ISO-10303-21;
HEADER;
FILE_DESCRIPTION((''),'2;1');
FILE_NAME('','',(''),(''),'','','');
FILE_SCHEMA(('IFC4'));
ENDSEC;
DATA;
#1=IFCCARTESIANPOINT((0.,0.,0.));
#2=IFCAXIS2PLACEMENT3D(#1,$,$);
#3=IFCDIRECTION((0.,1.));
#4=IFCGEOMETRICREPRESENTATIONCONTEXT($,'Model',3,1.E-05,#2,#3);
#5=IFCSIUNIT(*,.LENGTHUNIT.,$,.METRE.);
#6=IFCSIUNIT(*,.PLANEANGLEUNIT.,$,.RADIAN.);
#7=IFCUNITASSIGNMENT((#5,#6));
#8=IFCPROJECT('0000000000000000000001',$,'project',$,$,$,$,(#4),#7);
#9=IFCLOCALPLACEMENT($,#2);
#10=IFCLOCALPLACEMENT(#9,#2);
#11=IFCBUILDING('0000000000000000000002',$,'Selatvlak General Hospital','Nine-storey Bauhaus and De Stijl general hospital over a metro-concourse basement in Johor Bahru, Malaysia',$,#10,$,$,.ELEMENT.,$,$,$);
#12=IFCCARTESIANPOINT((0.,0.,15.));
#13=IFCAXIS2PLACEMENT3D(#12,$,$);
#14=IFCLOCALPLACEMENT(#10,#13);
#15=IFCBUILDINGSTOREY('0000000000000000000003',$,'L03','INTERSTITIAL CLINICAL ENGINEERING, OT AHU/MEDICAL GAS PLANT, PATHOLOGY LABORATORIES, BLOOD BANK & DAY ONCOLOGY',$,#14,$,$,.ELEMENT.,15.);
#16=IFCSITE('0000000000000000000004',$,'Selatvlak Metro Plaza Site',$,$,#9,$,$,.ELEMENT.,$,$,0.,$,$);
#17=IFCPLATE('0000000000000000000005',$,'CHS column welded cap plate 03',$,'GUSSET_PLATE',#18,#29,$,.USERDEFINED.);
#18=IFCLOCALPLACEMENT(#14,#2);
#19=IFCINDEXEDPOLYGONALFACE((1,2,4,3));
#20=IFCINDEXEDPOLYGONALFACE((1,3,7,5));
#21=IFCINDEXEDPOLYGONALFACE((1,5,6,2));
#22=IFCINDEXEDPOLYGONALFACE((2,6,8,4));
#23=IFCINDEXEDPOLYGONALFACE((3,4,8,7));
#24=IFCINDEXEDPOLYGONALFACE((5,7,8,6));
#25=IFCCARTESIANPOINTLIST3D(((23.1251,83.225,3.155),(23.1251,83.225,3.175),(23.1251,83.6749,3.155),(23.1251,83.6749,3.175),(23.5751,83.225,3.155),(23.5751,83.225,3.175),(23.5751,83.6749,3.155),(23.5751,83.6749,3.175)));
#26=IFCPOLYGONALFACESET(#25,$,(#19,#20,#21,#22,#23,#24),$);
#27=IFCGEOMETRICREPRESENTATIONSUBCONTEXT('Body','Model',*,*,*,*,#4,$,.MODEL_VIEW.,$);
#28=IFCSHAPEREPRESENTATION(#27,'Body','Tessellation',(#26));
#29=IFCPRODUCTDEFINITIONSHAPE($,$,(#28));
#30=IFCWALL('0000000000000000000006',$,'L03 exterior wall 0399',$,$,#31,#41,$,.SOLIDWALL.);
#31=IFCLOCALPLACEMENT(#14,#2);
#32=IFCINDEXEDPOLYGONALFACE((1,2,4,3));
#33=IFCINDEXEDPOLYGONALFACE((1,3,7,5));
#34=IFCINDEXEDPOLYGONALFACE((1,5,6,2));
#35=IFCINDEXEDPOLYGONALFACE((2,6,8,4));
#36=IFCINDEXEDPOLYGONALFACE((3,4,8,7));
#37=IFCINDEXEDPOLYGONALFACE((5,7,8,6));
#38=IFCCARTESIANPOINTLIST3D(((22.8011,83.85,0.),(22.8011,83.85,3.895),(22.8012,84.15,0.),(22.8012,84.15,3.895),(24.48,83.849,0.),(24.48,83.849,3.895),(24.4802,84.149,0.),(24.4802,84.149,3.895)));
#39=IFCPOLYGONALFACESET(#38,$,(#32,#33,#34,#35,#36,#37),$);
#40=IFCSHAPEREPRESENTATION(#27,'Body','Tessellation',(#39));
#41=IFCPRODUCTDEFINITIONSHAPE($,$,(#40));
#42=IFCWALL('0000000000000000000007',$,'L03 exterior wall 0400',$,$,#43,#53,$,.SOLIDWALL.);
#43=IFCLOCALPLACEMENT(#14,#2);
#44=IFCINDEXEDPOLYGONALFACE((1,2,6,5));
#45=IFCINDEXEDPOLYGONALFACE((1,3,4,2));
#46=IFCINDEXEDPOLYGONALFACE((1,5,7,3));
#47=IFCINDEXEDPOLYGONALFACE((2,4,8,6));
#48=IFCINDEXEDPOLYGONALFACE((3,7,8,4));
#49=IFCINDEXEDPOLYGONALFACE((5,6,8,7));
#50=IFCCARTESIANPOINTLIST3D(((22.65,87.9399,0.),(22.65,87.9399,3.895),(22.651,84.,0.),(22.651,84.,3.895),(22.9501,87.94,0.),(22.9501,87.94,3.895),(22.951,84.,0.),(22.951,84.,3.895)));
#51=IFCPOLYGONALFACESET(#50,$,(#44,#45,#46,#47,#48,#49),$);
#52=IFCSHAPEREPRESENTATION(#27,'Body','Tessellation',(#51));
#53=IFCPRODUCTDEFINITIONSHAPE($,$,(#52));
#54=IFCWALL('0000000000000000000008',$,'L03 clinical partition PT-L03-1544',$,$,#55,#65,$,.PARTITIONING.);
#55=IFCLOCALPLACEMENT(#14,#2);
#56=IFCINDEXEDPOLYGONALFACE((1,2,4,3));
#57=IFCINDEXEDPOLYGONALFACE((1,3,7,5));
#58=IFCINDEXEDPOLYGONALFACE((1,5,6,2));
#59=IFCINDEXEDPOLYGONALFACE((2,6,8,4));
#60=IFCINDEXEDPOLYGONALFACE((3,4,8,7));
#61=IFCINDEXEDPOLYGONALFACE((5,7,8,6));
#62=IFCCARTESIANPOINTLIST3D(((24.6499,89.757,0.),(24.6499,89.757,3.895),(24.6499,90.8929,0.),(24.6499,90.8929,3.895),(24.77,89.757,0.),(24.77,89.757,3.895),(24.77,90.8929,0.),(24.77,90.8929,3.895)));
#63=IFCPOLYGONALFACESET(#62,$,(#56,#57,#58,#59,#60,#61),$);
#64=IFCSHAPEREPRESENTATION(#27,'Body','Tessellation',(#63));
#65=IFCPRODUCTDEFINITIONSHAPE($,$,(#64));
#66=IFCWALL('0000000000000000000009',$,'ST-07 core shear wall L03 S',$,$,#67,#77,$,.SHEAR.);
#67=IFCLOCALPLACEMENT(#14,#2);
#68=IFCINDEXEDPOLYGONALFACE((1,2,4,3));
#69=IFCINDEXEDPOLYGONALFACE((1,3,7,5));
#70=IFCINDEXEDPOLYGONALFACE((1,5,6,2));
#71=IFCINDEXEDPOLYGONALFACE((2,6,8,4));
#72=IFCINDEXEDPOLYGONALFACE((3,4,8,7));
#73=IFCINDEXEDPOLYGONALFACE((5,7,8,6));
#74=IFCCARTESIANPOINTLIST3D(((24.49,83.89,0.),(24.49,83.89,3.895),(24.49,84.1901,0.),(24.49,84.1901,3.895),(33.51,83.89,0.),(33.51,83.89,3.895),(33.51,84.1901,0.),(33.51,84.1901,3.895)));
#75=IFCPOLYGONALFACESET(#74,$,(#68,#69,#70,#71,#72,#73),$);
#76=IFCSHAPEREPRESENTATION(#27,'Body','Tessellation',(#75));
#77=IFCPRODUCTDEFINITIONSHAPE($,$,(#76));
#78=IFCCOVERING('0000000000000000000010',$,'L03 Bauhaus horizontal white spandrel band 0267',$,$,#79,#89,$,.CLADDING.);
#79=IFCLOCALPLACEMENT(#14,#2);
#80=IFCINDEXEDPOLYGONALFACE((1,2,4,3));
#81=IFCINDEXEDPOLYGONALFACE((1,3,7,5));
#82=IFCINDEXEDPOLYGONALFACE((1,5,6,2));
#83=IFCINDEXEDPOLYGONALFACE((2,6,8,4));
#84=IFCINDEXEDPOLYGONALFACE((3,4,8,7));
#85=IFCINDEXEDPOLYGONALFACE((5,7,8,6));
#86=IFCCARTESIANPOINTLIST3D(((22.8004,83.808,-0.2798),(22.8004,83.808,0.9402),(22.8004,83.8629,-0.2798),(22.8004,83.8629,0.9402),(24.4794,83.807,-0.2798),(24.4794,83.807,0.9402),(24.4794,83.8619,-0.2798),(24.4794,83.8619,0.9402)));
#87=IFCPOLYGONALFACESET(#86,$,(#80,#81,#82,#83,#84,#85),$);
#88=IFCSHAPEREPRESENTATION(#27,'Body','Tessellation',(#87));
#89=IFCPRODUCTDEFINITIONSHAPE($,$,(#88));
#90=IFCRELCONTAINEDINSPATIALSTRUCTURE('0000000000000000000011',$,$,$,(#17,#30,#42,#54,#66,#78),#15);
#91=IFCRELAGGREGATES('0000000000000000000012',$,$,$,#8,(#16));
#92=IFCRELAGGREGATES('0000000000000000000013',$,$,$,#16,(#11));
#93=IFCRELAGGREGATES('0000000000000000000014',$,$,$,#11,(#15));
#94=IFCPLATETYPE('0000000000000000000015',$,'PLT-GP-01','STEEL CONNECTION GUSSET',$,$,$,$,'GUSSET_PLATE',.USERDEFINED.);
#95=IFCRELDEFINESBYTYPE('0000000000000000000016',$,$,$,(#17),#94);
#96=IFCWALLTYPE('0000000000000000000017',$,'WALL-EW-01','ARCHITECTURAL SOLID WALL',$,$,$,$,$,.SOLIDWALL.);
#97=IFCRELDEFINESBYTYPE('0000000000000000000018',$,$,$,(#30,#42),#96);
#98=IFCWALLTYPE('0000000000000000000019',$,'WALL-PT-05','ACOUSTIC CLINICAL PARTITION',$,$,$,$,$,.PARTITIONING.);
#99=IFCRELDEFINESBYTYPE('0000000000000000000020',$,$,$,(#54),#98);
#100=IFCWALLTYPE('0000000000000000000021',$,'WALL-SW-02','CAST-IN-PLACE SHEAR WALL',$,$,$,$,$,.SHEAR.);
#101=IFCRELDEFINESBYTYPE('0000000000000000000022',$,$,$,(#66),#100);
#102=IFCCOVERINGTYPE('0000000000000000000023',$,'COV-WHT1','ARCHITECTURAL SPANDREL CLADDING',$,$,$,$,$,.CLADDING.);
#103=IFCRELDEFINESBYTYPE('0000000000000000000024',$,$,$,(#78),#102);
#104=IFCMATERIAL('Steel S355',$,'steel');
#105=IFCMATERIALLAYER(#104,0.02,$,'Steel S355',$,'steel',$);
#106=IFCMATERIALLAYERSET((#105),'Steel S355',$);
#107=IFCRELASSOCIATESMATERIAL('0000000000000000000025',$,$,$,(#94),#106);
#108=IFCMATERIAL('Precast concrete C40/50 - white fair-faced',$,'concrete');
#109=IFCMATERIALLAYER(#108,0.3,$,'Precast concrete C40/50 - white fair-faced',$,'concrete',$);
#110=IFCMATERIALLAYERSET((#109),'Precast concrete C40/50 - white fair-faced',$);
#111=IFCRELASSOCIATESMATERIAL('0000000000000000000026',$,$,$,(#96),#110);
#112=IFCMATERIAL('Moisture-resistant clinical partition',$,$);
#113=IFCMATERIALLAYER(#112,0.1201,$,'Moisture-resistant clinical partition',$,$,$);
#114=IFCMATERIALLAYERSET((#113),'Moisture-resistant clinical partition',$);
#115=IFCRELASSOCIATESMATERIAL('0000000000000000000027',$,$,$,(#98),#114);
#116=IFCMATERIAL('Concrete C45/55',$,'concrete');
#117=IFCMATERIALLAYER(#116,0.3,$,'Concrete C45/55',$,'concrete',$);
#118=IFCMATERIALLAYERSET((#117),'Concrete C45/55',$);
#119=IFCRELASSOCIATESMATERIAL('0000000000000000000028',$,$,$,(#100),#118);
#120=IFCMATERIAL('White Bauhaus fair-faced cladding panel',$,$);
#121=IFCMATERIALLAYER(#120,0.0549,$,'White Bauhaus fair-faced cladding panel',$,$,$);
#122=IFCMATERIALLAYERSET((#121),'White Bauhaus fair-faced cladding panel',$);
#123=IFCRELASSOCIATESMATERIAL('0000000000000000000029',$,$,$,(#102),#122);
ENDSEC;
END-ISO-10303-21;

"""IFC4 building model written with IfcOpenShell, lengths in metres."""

from ifc_helpers import new_model, si_unit, direction, frame, frame_2d, origin, origin_2d, place, context, subcontext, project, spatial, rectangle, extrude, material, layer, layer_set, type_object, element, save


model = new_model("IFC4")

# Units and contexts
model_context = context("Model", 3, precision=1e-05, world=origin(), true_north=direction((0.0, 1.0)))
body_context = subcontext(model_context, "Body", "Model", "MODEL_VIEW")
ifc_project = project(units=[si_unit("LENGTHUNIT", "METRE"), si_unit("PLANEANGLEUNIT", "RADIAN")], contexts=[model_context])

# Site, building, storey
site_placement = place(None, origin())
site = spatial("IfcSite", under=ifc_project, at=site_placement, Name="Selatvlak Metro Plaza Site", CompositionType="ELEMENT", RefElevation=0.0)
building_placement = place(site_placement, origin())
building = spatial("IfcBuilding", under=site, at=building_placement, Name="Selatvlak General Hospital", Description="Nine-storey Bauhaus and De Stijl general hospital over a metro-concourse basement in Johor Bahru, Malaysia", CompositionType="ELEMENT")
storey_placement = place(building_placement, frame((0.0, 0.0, 15.0)))
storey = spatial("IfcBuildingStorey", under=building, at=storey_placement, Name="L03", Description="INTERSTITIAL CLINICAL ENGINEERING, OT AHU/MEDICAL GAS PLANT, PATHOLOGY LABORATORIES, BLOOD BANK & DAY ONCOLOGY", CompositionType="ELEMENT", Elevation=15.0)

# Shared definitions
ifc_material_1 = material(Name="Steel S355", Category="steel")

# Plate
ifc_layer_1 = layer(ifc_material_1, 0.02, Name="Steel S355", Category="steel")
ifc_layer_set_1 = layer_set([ifc_layer_1], Name="Steel S355")
plate_type_1 = type_object("IfcPlateType", Name="PLT-GP-01", Description="STEEL CONNECTION GUSSET", ElementType="GUSSET_PLATE", PredefinedType="USERDEFINED", material=ifc_layer_set_1)
plate_1_placement = place(storey_placement, frame((23.3501, 83.45, 3.155), z_axis=(0.0, 0.0, 1.0), x_axis=(1.0, 0.0, 0.0)))
element("IfcPlate", 1, at=plate_1_placement, inside=storey, type_object=plate_type_1, Name="CHS column welded cap plate 03", ObjectType="GUSSET_PLATE", PredefinedType="USERDEFINED", context=body_context, shape_type="SweptSolid", body=[
    extrude(rectangle(XDim=0.45, YDim=0.45, at=origin_2d()), origin(), (0.0, 0.0, 1.0), 0.02),
])

# Walls
ifc_material_2 = material(Name="Precast concrete C40/50 - white fair-faced", Category="concrete")
ifc_layer_2 = layer(ifc_material_2, 0.3, Name="Precast concrete C40/50 - white fair-faced", Category="concrete")
ifc_layer_set_2 = layer_set([ifc_layer_2], Name="Precast concrete C40/50 - white fair-faced")
wall_type_1 = type_object("IfcWallType", Name="WALL-EW-01", Description="ARCHITECTURAL SOLID WALL", PredefinedType="SOLIDWALL", material=ifc_layer_set_2)
wall_1_placement = place(storey_placement, frame((24.48, 83.999, 0.0), z_axis=(0.0, 0.0, 1.0), x_axis=(-1.0, 0.000582, 0.0)))
element("IfcWall", 2, at=wall_1_placement, inside=storey, type_object=wall_type_1, Name="L03 exterior wall 0399", PredefinedType="SOLIDWALL", context=body_context, shape_type="SweptSolid", body=[
    extrude(rectangle(XDim=1.679, YDim=0.3, at=frame_2d((0.8394, 0.0))), origin(), (0.0, 0.0, 1.0), 3.895),
])
wall_2_placement = place(storey_placement, frame((22.801, 84.0, 0.0), z_axis=(0.0, 0.0, 1.0), x_axis=(-0.000248, 1.0, 0.0)))
element("IfcWall", 3, at=wall_2_placement, inside=storey, type_object=wall_type_1, Name="L03 exterior wall 0400", PredefinedType="SOLIDWALL", context=body_context, shape_type="SweptSolid", body=[
    extrude(rectangle(XDim=3.9399, YDim=0.3, at=frame_2d((1.97, 0.0))), origin(), (0.0, 0.0, 1.0), 3.895),
])
ifc_material_3 = material(Name="Moisture-resistant clinical partition")
ifc_layer_3 = layer(ifc_material_3, 0.1201, Name="Moisture-resistant clinical partition")
ifc_layer_set_3 = layer_set([ifc_layer_3], Name="Moisture-resistant clinical partition")
wall_type_2 = type_object("IfcWallType", Name="WALL-PT-05", Description="ACOUSTIC CLINICAL PARTITION", PredefinedType="PARTITIONING", material=ifc_layer_set_3)
wall_3_placement = place(storey_placement, frame((24.71, 89.7571, 0.0), z_axis=(0.0, 0.0, 1.0), x_axis=(0.0, 1.0, 0.0)))
element("IfcWall", 4, at=wall_3_placement, inside=storey, type_object=wall_type_2, Name="L03 clinical partition PT-L03-1544", PredefinedType="PARTITIONING", context=body_context, shape_type="SweptSolid", body=[
    extrude(rectangle(XDim=1.136, YDim=0.1201, at=frame_2d((0.5679, 0.0))), origin(), (0.0, 0.0, 1.0), 3.895),
])
ifc_material_4 = material(Name="Concrete C45/55", Category="concrete")
ifc_layer_4 = layer(ifc_material_4, 0.3, Name="Concrete C45/55", Category="concrete")
ifc_layer_set_4 = layer_set([ifc_layer_4], Name="Concrete C45/55")
wall_type_3 = type_object("IfcWallType", Name="WALL-SW-02", Description="CAST-IN-PLACE SHEAR WALL", PredefinedType="SHEAR", material=ifc_layer_set_4)
wall_4_placement = place(storey_placement, frame((24.49, 84.04, 0.0), z_axis=(0.0, 0.0, 1.0), x_axis=(1.0, 0.0, 0.0)))
element("IfcWall", 5, at=wall_4_placement, inside=storey, type_object=wall_type_3, Name="ST-07 core shear wall L03 S", PredefinedType="SHEAR", context=body_context, shape_type="SweptSolid", body=[
    extrude(rectangle(XDim=9.02, YDim=0.3, at=frame_2d((4.51, 0.0))), origin(), (0.0, 0.0, 1.0), 3.895),
])

# Covering
ifc_material_5 = material(Name="White Bauhaus fair-faced cladding panel")
ifc_layer_5 = layer(ifc_material_5, 0.0549, Name="White Bauhaus fair-faced cladding panel")
ifc_layer_set_5 = layer_set([ifc_layer_5], Name="White Bauhaus fair-faced cladding panel")
covering_type = type_object("IfcCoveringType", Name="COV-WHT1", Description="ARCHITECTURAL SPANDREL CLADDING", PredefinedType="CLADDING", material=ifc_layer_set_5)
covering_placement = place(storey_placement, frame((23.6399, 83.835, -0.2798), z_axis=(0.0, 0.0, 1.0), x_axis=(-1.0, 0.000593, 0.0)))
element("IfcCovering", 6, at=covering_placement, inside=storey, type_object=covering_type, Name="L03 Bauhaus horizontal white spandrel band 0267", PredefinedType="CLADDING", context=body_context, shape_type="SweptSolid", body=[
    extrude(rectangle(XDim=1.679, YDim=0.0549, at=origin_2d()), origin(), (0.0, 0.0, 1.0), 1.22),
])

save(model, "model.ifc")
